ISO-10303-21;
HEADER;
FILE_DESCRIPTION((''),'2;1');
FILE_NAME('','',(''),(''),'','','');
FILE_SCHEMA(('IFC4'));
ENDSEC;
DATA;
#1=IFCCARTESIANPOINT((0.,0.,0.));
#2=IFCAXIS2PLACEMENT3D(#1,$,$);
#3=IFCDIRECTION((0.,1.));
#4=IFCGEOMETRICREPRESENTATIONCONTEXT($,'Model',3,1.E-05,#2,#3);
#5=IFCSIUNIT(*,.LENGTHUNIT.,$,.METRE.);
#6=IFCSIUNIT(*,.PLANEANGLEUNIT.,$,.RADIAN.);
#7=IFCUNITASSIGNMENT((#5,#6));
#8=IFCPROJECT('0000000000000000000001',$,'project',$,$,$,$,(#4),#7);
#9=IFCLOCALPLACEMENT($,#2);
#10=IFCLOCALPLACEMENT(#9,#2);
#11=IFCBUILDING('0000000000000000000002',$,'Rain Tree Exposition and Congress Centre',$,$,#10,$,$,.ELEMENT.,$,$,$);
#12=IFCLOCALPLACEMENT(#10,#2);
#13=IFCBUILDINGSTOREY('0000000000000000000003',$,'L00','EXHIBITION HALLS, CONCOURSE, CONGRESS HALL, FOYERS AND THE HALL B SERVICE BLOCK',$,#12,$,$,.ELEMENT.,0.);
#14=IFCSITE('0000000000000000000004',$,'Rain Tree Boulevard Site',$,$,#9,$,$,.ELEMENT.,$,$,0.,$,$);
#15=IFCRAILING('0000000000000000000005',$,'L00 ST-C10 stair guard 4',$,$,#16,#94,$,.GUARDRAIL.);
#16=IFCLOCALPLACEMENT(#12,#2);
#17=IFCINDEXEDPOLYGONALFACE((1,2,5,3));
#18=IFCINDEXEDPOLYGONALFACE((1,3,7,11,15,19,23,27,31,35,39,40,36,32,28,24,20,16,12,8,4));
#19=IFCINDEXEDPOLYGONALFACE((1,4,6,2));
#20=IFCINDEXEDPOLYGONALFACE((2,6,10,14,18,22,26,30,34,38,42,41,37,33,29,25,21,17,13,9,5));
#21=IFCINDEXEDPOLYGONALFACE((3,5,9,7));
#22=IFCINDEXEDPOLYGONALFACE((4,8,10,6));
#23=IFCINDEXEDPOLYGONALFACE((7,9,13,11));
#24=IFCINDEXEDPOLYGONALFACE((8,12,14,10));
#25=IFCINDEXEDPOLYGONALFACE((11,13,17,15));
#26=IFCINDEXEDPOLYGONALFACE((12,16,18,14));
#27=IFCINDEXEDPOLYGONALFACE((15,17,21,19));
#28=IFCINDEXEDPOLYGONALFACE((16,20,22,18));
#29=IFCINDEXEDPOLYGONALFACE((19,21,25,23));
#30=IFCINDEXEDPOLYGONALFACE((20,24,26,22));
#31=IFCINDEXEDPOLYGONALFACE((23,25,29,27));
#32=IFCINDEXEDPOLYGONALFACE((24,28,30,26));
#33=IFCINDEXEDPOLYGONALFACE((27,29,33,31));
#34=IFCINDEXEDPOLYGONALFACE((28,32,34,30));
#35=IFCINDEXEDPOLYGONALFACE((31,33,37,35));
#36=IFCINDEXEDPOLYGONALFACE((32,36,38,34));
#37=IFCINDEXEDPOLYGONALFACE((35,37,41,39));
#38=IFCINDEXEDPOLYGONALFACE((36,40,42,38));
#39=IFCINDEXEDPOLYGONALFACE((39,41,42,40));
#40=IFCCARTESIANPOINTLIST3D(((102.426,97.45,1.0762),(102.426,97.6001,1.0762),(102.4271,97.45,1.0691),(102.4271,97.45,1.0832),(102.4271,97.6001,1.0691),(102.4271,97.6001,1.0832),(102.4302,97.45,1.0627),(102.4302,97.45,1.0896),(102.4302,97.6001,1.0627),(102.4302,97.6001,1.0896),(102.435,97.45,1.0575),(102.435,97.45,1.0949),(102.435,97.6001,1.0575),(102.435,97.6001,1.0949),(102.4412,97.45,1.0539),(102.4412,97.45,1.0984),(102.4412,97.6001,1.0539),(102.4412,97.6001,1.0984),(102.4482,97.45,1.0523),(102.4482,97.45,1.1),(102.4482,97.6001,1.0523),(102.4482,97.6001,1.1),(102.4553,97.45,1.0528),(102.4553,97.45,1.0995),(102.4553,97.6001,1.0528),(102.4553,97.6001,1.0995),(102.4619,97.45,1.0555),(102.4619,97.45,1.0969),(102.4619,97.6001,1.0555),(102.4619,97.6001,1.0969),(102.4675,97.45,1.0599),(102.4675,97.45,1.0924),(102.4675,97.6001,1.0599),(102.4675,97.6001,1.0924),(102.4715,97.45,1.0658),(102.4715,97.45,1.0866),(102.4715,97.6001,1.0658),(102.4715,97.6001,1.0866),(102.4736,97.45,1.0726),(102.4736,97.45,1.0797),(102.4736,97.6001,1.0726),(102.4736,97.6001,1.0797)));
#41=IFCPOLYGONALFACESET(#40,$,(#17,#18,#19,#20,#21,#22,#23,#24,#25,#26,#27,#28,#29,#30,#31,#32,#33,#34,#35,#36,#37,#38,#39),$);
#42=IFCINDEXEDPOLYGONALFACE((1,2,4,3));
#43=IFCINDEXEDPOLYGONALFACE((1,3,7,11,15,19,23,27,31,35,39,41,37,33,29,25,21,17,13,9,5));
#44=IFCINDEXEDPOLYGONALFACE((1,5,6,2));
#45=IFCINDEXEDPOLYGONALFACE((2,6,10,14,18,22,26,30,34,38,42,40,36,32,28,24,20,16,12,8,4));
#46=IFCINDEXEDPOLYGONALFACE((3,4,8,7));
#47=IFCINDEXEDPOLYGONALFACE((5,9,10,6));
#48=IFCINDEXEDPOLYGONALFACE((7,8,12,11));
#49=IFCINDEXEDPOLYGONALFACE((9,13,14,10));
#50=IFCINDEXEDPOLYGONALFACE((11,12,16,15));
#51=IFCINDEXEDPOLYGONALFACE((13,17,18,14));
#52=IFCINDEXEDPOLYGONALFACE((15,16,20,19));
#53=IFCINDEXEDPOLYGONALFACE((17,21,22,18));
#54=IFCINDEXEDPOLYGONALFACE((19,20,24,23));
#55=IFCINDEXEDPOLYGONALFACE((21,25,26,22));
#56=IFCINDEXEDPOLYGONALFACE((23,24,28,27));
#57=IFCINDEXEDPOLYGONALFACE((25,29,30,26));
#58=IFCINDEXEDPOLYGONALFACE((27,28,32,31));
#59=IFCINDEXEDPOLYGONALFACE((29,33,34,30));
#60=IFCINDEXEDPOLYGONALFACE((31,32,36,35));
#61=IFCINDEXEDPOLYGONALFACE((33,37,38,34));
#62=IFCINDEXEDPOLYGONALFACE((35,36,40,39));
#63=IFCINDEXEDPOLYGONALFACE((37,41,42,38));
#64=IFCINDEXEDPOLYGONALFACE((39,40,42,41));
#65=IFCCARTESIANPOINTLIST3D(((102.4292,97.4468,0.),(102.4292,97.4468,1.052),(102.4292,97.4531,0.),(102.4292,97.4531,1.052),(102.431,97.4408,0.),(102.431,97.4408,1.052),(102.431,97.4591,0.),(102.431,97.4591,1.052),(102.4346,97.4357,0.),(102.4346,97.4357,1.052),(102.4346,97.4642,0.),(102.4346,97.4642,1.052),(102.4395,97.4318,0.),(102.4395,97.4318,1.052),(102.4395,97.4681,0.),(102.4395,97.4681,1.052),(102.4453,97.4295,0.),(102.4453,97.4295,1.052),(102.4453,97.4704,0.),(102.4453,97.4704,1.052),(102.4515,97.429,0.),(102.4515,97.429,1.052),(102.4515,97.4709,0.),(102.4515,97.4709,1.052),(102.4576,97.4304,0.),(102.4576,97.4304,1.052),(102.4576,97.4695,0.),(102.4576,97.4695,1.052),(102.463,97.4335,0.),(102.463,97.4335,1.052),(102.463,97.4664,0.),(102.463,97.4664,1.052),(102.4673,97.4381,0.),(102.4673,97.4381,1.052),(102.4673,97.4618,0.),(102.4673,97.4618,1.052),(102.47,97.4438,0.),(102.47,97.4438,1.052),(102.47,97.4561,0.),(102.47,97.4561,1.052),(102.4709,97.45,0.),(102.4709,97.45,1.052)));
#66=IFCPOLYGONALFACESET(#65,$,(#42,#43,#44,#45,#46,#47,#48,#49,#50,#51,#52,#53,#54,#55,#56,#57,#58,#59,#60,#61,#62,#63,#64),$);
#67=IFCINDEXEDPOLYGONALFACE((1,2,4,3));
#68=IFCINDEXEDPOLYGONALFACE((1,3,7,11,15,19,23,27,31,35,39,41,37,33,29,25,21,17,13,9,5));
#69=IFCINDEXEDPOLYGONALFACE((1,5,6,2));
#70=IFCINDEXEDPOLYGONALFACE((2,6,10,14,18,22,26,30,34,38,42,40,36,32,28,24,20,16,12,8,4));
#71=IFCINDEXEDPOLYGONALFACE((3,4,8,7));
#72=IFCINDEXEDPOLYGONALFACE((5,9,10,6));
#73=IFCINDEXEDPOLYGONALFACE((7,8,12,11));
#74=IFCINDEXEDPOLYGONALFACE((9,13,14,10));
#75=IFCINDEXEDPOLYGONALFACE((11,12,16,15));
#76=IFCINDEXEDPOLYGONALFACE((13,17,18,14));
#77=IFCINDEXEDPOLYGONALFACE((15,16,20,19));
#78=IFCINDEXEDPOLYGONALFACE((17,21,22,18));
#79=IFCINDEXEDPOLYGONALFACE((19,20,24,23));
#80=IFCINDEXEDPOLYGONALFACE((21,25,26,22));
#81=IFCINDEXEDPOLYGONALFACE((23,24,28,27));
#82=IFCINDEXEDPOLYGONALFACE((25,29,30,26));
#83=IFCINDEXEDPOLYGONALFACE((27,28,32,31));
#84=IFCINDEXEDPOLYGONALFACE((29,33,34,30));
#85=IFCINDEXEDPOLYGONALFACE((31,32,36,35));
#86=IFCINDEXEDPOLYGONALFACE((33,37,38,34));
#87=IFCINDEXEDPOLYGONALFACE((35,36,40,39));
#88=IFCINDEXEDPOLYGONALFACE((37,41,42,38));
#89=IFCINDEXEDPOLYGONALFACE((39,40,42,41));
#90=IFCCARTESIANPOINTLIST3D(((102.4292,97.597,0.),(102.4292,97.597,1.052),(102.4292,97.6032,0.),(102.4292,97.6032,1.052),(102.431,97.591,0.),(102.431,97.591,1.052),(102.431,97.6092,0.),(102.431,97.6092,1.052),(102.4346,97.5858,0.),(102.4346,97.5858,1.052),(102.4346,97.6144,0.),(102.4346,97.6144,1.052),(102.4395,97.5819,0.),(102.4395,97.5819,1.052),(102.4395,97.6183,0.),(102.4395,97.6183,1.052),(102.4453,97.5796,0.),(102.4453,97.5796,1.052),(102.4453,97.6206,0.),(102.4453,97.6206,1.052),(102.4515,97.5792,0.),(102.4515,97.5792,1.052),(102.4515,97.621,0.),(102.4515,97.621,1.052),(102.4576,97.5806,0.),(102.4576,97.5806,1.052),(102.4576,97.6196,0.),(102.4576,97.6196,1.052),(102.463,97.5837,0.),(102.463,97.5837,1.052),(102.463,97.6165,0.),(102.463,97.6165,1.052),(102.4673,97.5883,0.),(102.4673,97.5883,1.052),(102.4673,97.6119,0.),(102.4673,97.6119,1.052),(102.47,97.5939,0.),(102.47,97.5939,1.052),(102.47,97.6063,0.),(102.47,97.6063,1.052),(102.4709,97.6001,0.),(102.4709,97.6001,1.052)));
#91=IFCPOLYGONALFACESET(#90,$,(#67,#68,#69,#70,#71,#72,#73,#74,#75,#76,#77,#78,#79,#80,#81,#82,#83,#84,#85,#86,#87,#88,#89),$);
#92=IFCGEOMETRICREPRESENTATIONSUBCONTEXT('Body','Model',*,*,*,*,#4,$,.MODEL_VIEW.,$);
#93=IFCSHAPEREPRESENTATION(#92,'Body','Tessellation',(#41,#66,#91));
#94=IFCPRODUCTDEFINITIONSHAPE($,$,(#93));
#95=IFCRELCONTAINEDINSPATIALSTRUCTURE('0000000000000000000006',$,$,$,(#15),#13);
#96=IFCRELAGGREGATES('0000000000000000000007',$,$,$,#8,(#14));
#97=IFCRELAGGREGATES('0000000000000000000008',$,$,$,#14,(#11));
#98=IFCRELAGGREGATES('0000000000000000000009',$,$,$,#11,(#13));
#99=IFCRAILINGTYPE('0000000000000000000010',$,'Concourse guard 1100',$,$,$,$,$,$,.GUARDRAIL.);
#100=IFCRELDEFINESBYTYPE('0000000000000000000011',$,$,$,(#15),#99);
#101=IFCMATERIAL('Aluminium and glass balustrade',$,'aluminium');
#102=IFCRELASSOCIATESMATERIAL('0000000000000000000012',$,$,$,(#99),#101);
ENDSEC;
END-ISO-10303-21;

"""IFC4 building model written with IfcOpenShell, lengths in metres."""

from ifc_helpers import new_model, si_unit, direction, frame, origin, origin_2d, place, context, subcontext, project, spatial, circle, extrude, material, type_object, element, save


model = new_model("IFC4")

# Units and contexts
model_context = context("Model", 3, precision=1e-05, world=origin(), true_north=direction((0.0, 1.0)))
body_context = subcontext(model_context, "Body", "Model", "MODEL_VIEW")
ifc_project = project(units=[si_unit("LENGTHUNIT", "METRE"), si_unit("PLANEANGLEUNIT", "RADIAN")], contexts=[model_context])

# Site, building, storey
site_placement = place(None, origin())
site = spatial("IfcSite", under=ifc_project, at=site_placement, Name="Rain Tree Boulevard Site", CompositionType="ELEMENT", RefElevation=0.0)
building_placement = place(site_placement, origin())
building = spatial("IfcBuilding", under=site, at=building_placement, Name="Rain Tree Exposition and Congress Centre", CompositionType="ELEMENT")
storey_placement = place(building_placement, origin())
storey = spatial("IfcBuildingStorey", under=building, at=storey_placement, Name="L00", Description="EXHIBITION HALLS, CONCOURSE, CONGRESS HALL, FOYERS AND THE HALL B SERVICE BLOCK", CompositionType="ELEMENT", Elevation=0.0)

# Railing
ifc_material_1 = material(Name="Aluminium and glass balustrade", Category="aluminium")
railing_type_1 = type_object("IfcRailingType", Name="Concourse guard 1100", PredefinedType="GUARDRAIL", material=ifc_material_1)
railing_1_placement = place(storey_placement, frame((102.45, 97.45, 0.0)))
element("IfcRailing", 1, at=railing_1_placement, inside=storey, type_object=railing_type_1, Name="L00 ST-C10 stair guard 4", PredefinedType="GUARDRAIL", context=body_context, shape_type="SweptSolid", body=[
    extrude(circle(Radius=0.0239, at=origin_2d()), frame((0.0, 0.0, 1.0762), z_axis=(0.0, 1.0, 0.0), x_axis=(-1.0, 0.0, 0.0)), (0.0, 0.0, 1.0), 0.1501),
    extrude(circle(Radius=0.021, at=origin_2d()), origin(), (0.0, 0.0, 1.0), 1.052),
    extrude(circle(Radius=0.021, at=origin_2d()), frame((0.0, 0.1501, 0.0)), (0.0, 0.0, 1.0), 1.052),
])

save(model, "model.ifc")
